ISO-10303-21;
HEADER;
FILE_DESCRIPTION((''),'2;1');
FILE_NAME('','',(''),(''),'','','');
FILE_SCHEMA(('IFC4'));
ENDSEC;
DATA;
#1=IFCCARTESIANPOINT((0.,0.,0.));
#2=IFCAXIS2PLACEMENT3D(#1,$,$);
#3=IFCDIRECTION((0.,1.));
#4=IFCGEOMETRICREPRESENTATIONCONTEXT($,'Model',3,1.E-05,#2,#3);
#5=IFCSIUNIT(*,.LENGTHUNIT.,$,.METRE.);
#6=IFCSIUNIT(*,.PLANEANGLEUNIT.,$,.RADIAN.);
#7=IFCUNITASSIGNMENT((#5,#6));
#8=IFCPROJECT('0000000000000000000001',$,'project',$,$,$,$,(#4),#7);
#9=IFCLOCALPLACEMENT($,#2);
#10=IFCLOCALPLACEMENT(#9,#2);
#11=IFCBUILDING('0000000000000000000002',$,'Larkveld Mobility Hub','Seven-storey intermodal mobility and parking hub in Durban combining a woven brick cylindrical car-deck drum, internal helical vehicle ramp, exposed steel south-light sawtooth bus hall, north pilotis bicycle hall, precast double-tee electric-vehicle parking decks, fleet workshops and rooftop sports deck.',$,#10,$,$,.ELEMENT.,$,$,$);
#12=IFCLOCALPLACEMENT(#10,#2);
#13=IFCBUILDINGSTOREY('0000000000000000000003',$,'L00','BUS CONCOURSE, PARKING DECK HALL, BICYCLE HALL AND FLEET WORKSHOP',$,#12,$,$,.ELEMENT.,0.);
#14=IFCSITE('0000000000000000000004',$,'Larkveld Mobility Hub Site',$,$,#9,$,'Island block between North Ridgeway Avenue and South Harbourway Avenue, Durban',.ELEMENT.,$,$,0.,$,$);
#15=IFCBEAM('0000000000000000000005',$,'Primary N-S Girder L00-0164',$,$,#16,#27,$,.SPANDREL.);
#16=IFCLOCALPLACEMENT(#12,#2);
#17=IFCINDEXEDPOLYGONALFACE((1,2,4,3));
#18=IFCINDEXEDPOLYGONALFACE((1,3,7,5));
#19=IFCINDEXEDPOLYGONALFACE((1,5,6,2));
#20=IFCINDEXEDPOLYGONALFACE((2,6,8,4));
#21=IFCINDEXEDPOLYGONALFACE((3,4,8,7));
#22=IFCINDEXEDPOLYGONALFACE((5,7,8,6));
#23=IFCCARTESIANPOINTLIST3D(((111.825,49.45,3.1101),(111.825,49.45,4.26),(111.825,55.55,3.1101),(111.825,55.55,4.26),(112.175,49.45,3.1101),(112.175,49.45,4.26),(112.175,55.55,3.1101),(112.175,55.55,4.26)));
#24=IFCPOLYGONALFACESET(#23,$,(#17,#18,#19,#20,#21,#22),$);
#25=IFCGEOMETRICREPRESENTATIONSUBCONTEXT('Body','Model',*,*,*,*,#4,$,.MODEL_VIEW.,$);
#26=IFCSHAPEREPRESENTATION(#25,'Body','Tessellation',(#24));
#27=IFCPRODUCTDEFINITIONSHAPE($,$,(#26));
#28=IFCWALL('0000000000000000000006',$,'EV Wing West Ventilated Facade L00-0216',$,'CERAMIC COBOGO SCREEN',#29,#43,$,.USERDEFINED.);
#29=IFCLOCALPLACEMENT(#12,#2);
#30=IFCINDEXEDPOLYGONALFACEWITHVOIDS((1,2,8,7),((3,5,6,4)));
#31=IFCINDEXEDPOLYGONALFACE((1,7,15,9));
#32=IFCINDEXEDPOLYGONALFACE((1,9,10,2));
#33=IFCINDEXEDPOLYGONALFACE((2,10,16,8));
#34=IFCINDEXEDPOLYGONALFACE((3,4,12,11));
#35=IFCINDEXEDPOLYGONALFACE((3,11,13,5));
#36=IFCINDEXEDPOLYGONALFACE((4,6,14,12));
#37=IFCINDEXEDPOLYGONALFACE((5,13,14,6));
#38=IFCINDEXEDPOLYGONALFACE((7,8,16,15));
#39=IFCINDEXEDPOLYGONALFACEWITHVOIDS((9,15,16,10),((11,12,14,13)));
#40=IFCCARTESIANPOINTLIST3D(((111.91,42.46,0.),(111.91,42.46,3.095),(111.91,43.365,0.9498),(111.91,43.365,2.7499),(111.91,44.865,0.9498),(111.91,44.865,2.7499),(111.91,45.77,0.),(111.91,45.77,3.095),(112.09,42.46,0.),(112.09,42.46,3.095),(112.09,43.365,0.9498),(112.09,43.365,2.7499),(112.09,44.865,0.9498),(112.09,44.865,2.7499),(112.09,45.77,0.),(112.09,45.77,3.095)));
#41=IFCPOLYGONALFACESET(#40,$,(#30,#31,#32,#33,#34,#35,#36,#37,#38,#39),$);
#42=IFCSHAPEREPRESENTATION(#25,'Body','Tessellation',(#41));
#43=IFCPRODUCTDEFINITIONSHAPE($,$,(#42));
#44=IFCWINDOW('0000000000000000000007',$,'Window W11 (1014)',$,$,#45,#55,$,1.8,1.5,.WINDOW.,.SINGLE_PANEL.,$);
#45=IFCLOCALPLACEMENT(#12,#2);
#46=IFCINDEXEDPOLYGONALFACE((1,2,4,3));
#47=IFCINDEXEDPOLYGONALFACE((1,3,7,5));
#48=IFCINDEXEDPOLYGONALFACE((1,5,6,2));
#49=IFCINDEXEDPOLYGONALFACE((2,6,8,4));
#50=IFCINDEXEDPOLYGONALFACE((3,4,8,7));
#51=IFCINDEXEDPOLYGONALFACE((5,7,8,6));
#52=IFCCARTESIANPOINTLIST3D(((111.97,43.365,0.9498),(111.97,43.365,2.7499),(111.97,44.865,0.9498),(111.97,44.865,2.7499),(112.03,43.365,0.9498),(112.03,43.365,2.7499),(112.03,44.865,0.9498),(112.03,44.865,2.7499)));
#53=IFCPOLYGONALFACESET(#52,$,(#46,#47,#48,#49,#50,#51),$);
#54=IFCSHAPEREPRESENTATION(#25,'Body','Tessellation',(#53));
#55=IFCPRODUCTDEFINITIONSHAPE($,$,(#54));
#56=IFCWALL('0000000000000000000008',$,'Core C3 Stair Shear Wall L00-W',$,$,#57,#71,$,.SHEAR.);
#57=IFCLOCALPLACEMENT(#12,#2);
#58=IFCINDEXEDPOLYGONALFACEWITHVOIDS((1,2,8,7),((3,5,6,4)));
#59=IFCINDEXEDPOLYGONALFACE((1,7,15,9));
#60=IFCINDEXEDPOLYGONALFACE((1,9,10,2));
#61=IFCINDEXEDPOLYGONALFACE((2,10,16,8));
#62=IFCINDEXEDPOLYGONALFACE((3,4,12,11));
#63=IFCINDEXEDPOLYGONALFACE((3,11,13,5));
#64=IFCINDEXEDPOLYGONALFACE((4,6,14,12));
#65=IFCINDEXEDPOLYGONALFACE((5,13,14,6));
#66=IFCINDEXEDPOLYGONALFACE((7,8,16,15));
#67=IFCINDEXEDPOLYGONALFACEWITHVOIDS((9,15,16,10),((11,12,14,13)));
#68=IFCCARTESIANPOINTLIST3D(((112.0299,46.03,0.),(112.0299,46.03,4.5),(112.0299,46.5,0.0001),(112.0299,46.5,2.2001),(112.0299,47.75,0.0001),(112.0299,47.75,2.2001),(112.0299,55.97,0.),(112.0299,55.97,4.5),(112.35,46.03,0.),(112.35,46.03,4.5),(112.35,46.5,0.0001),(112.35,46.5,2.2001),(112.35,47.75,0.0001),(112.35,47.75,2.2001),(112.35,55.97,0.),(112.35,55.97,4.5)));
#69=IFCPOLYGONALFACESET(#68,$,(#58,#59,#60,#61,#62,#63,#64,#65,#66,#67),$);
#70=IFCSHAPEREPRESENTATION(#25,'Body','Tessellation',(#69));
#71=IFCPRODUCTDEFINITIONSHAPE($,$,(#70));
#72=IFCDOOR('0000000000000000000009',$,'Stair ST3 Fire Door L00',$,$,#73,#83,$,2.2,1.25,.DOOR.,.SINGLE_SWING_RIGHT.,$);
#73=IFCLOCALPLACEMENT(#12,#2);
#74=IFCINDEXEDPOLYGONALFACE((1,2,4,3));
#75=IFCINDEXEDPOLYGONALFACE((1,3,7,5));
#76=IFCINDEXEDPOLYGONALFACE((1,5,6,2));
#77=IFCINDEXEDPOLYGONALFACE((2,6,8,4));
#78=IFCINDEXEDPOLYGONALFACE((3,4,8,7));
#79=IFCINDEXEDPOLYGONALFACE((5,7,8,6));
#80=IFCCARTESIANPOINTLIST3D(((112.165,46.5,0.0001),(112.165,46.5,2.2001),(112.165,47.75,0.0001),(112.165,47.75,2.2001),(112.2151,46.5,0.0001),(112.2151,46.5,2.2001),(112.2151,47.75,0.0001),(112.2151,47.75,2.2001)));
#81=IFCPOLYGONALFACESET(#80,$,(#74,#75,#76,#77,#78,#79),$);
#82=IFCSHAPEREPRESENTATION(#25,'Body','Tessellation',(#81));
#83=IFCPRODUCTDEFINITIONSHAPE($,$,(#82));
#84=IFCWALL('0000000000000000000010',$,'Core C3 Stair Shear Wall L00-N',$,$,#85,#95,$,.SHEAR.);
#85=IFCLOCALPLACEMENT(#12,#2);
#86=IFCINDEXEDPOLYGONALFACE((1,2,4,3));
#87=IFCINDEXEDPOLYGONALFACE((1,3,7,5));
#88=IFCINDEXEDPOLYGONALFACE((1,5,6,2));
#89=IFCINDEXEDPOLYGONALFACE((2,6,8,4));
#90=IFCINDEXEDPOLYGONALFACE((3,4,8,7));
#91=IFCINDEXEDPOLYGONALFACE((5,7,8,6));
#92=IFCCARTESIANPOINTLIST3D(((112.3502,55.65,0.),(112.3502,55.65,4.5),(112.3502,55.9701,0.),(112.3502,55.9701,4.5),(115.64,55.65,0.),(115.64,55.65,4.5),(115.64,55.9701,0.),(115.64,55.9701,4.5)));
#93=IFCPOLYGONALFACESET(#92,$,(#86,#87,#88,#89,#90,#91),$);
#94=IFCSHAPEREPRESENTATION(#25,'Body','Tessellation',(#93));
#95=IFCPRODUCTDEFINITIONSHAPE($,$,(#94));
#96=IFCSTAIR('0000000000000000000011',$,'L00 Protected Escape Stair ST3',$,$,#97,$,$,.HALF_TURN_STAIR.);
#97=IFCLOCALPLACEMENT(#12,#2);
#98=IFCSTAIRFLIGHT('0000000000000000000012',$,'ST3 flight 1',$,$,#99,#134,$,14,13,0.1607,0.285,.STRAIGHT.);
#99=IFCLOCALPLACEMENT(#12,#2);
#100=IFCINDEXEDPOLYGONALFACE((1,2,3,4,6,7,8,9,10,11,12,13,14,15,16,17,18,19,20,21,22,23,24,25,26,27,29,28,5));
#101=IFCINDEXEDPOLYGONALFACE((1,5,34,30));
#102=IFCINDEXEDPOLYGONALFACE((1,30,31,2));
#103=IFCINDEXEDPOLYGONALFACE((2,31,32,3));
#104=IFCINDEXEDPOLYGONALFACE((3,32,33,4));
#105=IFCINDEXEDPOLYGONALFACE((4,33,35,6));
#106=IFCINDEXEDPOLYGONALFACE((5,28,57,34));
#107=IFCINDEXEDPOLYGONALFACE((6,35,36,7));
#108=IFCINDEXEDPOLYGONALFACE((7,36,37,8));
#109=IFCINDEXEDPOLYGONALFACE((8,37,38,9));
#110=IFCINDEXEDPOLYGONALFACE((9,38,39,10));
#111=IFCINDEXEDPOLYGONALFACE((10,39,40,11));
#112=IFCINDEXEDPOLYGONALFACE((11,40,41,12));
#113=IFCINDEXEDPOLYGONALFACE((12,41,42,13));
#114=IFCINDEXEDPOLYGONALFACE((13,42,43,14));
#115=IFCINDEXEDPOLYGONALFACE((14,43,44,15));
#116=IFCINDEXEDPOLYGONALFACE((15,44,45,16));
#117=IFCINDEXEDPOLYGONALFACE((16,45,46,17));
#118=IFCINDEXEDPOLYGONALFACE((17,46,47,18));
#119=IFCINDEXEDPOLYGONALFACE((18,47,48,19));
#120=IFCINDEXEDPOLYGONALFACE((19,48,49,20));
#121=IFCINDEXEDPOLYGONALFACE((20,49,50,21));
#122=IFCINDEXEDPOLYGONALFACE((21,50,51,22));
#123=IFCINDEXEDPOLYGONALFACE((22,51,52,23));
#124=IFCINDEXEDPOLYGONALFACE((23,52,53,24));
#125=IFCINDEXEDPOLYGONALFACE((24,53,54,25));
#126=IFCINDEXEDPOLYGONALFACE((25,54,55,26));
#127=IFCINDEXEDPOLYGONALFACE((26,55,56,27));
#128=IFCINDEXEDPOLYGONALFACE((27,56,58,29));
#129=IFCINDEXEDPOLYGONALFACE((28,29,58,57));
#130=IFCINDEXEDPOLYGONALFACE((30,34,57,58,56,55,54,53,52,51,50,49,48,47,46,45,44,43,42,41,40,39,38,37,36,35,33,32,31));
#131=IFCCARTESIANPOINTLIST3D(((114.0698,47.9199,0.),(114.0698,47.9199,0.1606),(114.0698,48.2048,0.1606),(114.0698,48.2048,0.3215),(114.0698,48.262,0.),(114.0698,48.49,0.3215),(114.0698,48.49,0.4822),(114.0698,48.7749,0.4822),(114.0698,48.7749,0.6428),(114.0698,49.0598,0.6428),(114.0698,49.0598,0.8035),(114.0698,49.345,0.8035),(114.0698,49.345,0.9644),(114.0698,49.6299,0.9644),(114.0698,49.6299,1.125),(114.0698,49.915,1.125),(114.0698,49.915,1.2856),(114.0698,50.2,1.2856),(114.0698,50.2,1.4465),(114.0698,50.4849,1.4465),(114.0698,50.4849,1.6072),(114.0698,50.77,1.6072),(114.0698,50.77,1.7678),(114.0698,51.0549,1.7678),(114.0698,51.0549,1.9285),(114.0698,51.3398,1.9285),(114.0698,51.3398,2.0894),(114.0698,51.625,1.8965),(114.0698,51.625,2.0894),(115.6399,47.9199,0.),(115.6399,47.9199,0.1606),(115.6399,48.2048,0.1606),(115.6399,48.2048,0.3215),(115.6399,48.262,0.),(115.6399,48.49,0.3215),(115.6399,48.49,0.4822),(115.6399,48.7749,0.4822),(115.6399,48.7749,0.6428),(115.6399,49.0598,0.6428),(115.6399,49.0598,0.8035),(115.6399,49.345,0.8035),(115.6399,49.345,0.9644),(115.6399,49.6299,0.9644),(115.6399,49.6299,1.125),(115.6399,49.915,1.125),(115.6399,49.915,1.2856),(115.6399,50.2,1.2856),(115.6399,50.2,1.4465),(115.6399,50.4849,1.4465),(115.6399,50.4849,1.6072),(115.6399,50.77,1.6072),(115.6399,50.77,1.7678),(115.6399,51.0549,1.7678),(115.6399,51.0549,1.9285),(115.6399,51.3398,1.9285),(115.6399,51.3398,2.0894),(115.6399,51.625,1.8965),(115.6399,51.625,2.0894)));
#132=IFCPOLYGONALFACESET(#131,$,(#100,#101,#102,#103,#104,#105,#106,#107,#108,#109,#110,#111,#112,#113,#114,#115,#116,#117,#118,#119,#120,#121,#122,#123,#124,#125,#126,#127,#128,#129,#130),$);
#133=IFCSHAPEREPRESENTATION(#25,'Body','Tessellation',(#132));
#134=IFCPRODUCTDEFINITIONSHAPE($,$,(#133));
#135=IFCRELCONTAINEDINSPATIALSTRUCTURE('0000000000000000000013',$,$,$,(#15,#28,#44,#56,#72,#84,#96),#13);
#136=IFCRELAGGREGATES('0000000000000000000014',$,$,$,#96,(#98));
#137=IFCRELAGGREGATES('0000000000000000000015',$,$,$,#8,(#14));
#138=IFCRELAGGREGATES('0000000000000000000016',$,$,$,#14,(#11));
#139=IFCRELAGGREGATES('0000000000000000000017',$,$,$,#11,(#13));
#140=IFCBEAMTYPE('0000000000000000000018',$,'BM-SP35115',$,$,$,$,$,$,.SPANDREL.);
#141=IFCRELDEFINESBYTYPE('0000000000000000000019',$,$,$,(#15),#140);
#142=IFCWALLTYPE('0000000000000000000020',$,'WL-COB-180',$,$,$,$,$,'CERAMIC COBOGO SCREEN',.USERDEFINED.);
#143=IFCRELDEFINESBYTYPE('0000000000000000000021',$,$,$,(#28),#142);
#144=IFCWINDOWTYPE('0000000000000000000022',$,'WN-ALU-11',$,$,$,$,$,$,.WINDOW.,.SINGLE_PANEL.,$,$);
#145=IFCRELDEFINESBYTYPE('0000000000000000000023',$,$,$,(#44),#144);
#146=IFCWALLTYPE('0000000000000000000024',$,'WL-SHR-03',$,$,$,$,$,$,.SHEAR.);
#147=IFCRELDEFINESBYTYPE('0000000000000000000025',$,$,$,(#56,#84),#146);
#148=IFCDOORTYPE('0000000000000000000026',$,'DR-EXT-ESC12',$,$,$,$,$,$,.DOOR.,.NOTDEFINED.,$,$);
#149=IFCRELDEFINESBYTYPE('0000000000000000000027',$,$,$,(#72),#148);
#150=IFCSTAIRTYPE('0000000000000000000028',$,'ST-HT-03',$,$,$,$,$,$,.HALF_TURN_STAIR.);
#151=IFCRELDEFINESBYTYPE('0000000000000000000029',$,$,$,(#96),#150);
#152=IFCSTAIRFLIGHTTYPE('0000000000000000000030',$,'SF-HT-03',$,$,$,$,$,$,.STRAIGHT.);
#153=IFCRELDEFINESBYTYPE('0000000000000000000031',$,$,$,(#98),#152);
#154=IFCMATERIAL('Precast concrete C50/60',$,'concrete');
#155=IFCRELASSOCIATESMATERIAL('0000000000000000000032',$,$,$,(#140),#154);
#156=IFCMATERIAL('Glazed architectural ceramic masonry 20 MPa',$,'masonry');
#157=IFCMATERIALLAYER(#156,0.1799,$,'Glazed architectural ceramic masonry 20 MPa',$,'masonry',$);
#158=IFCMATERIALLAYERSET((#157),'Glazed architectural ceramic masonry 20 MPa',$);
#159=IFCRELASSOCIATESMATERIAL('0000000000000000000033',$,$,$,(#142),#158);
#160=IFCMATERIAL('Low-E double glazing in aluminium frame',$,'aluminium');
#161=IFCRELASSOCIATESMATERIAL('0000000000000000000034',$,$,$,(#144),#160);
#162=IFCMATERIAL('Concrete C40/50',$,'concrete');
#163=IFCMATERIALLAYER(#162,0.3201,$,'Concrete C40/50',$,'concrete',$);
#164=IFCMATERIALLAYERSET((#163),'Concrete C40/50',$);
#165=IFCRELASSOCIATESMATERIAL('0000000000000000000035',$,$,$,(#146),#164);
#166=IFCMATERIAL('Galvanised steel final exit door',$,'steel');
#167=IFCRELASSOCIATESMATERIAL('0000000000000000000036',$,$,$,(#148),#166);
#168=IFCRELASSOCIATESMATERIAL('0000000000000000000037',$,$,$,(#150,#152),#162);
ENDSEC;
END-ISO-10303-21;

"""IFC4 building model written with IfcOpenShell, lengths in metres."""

from ifc_helpers import new_model, si_unit, direction, frame, frame_2d, origin, origin_2d, place, context, subcontext, project, spatial, polyline, rectangle, outline, extrude, material, layer, layer_set, material_profile, profile_set, type_object, element, fill, aggregate, save


model = new_model("IFC4")

# Units and contexts
model_context = context("Model", 3, precision=1e-05, world=origin(), true_north=direction((0.0, 1.0)))
body_context = subcontext(model_context, "Body", "Model", "MODEL_VIEW")
ifc_project = project(units=[si_unit("LENGTHUNIT", "METRE"), si_unit("PLANEANGLEUNIT", "RADIAN")], contexts=[model_context])

# Site, building, storey
site_placement = place(None, origin())
site = spatial("IfcSite", under=ifc_project, at=site_placement, Name="Larkveld Mobility Hub Site", LongName="Island block between North Ridgeway Avenue and South Harbourway Avenue, Durban", CompositionType="ELEMENT", RefElevation=0.0)
building_placement = place(site_placement, origin())
building = spatial("IfcBuilding", under=site, at=building_placement, Name="Larkveld Mobility Hub", Description="Seven-storey intermodal mobility and parking hub in Durban combining a woven brick cylindrical car-deck drum, internal helical vehicle ramp, exposed steel south-light sawtooth bus hall, north pilotis bicycle hall, precast double-tee electric-vehicle parking decks, fleet workshops and rooftop sports deck.", CompositionType="ELEMENT")
storey_placement = place(building_placement, origin())
storey = spatial("IfcBuildingStorey", under=building, at=storey_placement, Name="L00", Description="BUS CONCOURSE, PARKING DECK HALL, BICYCLE HALL AND FLEET WORKSHOP", CompositionType="ELEMENT", Elevation=0.0)

# Shared definitions
ifc_material_1 = material(Name="Precast concrete C50/60", Category="concrete")

# Beam
ifc_material_profile_1 = material_profile(ifc_material_1, rectangle(XDim=0.3501, YDim=1.1499, at=origin_2d()), Name="PC SP 350x1150")
ifc_profile_set_1 = profile_set([ifc_material_profile_1], Name="Precast concrete C50/60")
beam_type_1 = type_object("IfcBeamType", Name="BM-SP35115", PredefinedType="SPANDREL", material=ifc_profile_set_1)
for number, where, z_axis, x_axis, name in (
    (1, (112.0, 49.45, 3.6851), (0.0, 1.0, 0.0), (-1.0, 0.0, 0.0), "Primary N-S Girder L00-0164"),
):
    element("IfcBeam", number, at=place(storey_placement, frame(where, z_axis=z_axis, x_axis=x_axis)), inside=storey, type_object=beam_type_1, Name=name, PredefinedType="SPANDREL", context=body_context, shape_type="SweptSolid", body=[
        extrude(rectangle(XDim=0.3501, YDim=1.1499, at=origin_2d()), origin(), (0.0, 0.0, 1.0), 6.1001),
    ])

# Wall, opening, window
ifc_material_2 = material(Name="Glazed architectural ceramic masonry 20 MPa", Category="masonry")
ifc_layer_1 = layer(ifc_material_2, 0.1799, Name="Glazed architectural ceramic masonry 20 MPa", Category="masonry")
ifc_layer_set_1 = layer_set([ifc_layer_1], Name="Glazed architectural ceramic masonry 20 MPa")
wall_type_1 = type_object("IfcWallType", Name="WL-COB-180", ElementType="CERAMIC COBOGO SCREEN", PredefinedType="USERDEFINED", material=ifc_layer_set_1)
wall_1_placement = place(storey_placement, frame((112.0, 45.77, 0.0), z_axis=(0.0, 0.0, 1.0), x_axis=(0.0, -1.0, 0.0)))
wall_1 = element("IfcWall", 2, at=wall_1_placement, inside=storey, type_object=wall_type_1, Name="EV Wing West Ventilated Facade L00-0216", ObjectType="CERAMIC COBOGO SCREEN", PredefinedType="USERDEFINED", context=body_context, shape_type="SweptSolid", body=[
    extrude(rectangle(XDim=3.3101, YDim=0.1799, at=frame_2d((1.655, 0.0))), origin(), (0.0, 0.0, 1.0), 3.095),
])
opening_1_placement = place(wall_1_placement, frame((0.905, 0.0, 0.95)))
opening_1 = element("IfcOpeningElement", 3, at=opening_1_placement, cuts=wall_1, PredefinedType="OPENING", context=body_context, shape_type="SweptSolid", body=[
    extrude(rectangle(XDim=1.5, YDim=1.8, at=frame_2d((0.75, 0.8999))), frame((0.0, 0.1001, 0.0), z_axis=(0.0, -1.0, 0.0), x_axis=(1.0, 0.0, 0.0)), (0.0, 0.0, 1.0), 0.2),
])
ifc_material_3 = material(Name="Low-E double glazing in aluminium frame", Category="aluminium")
window_type = type_object("IfcWindowType", Name="WN-ALU-11", PartitioningType="SINGLE_PANEL", PredefinedType="WINDOW", material=ifc_material_3)
window_placement = place(opening_1_placement, origin())
window = element("IfcWindow", 4, at=window_placement, inside=storey, type_object=window_type, Name="Window W11 (1014)", OverallHeight=1.8, OverallWidth=1.5, PartitioningType="SINGLE_PANEL", PredefinedType="WINDOW", context=body_context, shape_type="SweptSolid", body=[
    extrude(rectangle(XDim=1.5, YDim=1.8, at=frame_2d((0.75, 0.8999))), frame((0.0, 0.03, 0.0), z_axis=(0.0, -1.0, 0.0), x_axis=(1.0, 0.0, 0.0)), (0.0, 0.0, 1.0), 0.0601),
])
fill(opening_1, window)

# Wall, opening, door
ifc_material_4 = material(Name="Concrete C40/50", Category="concrete")
ifc_layer_2 = layer(ifc_material_4, 0.3201, Name="Concrete C40/50", Category="concrete")
ifc_layer_set_2 = layer_set([ifc_layer_2], Name="Concrete C40/50")
wall_type_2 = type_object("IfcWallType", Name="WL-SHR-03", PredefinedType="SHEAR", material=ifc_layer_set_2)
wall_2_placement = place(storey_placement, frame((112.1899, 46.03, 0.0), z_axis=(0.0, 0.0, 1.0), x_axis=(0.0, 1.0, 0.0)))
wall_2 = element("IfcWall", 5, at=wall_2_placement, inside=storey, type_object=wall_type_2, Name="Core C3 Stair Shear Wall L00-W", PredefinedType="SHEAR", context=body_context, shape_type="SweptSolid", body=[
    extrude(rectangle(XDim=9.9399, YDim=0.3201, at=frame_2d((4.97, 0.0))), origin(), (0.0, 0.0, 1.0), 4.5),
])
opening_2_placement = place(wall_2_placement, frame((0.47, 0.0, 0.0)))
opening_2 = element("IfcOpeningElement", 6, at=opening_2_placement, cuts=wall_2, PredefinedType="OPENING", context=body_context, shape_type="SweptSolid", body=[
    extrude(rectangle(XDim=1.25, YDim=2.2, at=frame_2d((0.625, 1.1001))), frame((0.0, 0.1699, 0.0), z_axis=(0.0, -1.0, 0.0), x_axis=(1.0, 0.0, 0.0)), (0.0, 0.0, 1.0), 0.3401),
])
ifc_material_5 = material(Name="Galvanised steel final exit door", Category="steel")
door_type = type_object("IfcDoorType", Name="DR-EXT-ESC12", OperationType="NOTDEFINED", PredefinedType="DOOR", material=ifc_material_5)
door_placement = place(opening_2_placement, origin())
door = element("IfcDoor", 7, at=door_placement, inside=storey, type_object=door_type, Name="Stair ST3 Fire Door L00", OperationType="SINGLE_SWING_RIGHT", OverallHeight=2.2, OverallWidth=1.25, PredefinedType="DOOR", context=body_context, shape_type="SweptSolid", body=[
    extrude(rectangle(XDim=1.25, YDim=2.2, at=frame_2d((0.625, 1.1001))), frame((0.0, 0.0249, 0.0), z_axis=(0.0, -1.0, 0.0), x_axis=(1.0, 0.0, 0.0)), (0.0, 0.0, 1.0), 0.05),
])
fill(opening_2, door)

# Wall
wall_3_placement = place(storey_placement, frame((112.3501, 55.8101, 0.0), z_axis=(0.0, 0.0, 1.0), x_axis=(1.0, 0.0, 0.0)))
element("IfcWall", 8, at=wall_3_placement, inside=storey, type_object=wall_type_2, Name="Core C3 Stair Shear Wall L00-N", PredefinedType="SHEAR", context=body_context, shape_type="SweptSolid", body=[
    extrude(rectangle(XDim=3.2898, YDim=0.3201, at=frame_2d((1.645, 0.0))), origin(), (0.0, 0.0, 1.0), 4.5),
])

# Stair, stair flight
stair_type = type_object("IfcStairType", Name="ST-HT-03", PredefinedType="HALF_TURN_STAIR", material=ifc_material_4)
stair_placement = place(storey_placement, origin())
stair = element("IfcStair", 9, at=stair_placement, inside=storey, type_object=stair_type, Name="L00 Protected Escape Stair ST3", PredefinedType="HALF_TURN_STAIR")
stair_flight_type = type_object("IfcStairFlightType", Name="SF-HT-03", PredefinedType="STRAIGHT", material=ifc_material_4)
stair_flight_1_placement = place(storey_placement, frame((114.855, 47.9199, 0.0), z_axis=(0.0, 0.0, 1.0), x_axis=(0.0, 1.0, 0.0)))
stair_flight_1 = element("IfcStairFlight", 10, at=stair_flight_1_placement, type_object=stair_flight_type, Name="ST3 flight 1", NumberOfRisers=14, NumberOfTreads=13, PredefinedType="STRAIGHT", RiserHeight=0.1607, TreadLength=0.285, context=body_context, shape_type="SweptSolid", body=[
    extrude(outline(polyline([(0.0, 0.0), (0.0, 0.1606), (0.2849, 0.1606), (0.2849, 0.3215), (0.5701, 0.3215), (0.5701, 0.4822), (0.855, 0.4822), (0.855, 0.6428), (1.1399, 0.6428), (1.1399, 0.8035), (1.425, 0.8035), (1.425, 0.9644), (1.71, 0.9644), (1.71, 1.125), (1.9951, 1.125), (1.9951, 1.2856), (2.28, 1.2856), (2.28, 1.4465), (2.5649, 1.4465), (2.5649, 1.6072), (2.8501, 1.6072), (2.8501, 1.7678), (3.135, 1.7678), (3.135, 1.9285), (3.4199, 1.9285), (3.4199, 2.0894), (3.7051, 2.0894), (3.7051, 2.25), (3.7051, 1.8965), (0.342, 0.0), (0.0, 0.0)])), frame((0.0, 0.7852, 0.0), z_axis=(0.0, -1.0, 0.0), x_axis=(1.0, 0.0, 0.0)), (0.0, 0.0, 1.0), 1.5701),
])
aggregate(stair, [stair_flight_1])

save(model, "model.ifc")
